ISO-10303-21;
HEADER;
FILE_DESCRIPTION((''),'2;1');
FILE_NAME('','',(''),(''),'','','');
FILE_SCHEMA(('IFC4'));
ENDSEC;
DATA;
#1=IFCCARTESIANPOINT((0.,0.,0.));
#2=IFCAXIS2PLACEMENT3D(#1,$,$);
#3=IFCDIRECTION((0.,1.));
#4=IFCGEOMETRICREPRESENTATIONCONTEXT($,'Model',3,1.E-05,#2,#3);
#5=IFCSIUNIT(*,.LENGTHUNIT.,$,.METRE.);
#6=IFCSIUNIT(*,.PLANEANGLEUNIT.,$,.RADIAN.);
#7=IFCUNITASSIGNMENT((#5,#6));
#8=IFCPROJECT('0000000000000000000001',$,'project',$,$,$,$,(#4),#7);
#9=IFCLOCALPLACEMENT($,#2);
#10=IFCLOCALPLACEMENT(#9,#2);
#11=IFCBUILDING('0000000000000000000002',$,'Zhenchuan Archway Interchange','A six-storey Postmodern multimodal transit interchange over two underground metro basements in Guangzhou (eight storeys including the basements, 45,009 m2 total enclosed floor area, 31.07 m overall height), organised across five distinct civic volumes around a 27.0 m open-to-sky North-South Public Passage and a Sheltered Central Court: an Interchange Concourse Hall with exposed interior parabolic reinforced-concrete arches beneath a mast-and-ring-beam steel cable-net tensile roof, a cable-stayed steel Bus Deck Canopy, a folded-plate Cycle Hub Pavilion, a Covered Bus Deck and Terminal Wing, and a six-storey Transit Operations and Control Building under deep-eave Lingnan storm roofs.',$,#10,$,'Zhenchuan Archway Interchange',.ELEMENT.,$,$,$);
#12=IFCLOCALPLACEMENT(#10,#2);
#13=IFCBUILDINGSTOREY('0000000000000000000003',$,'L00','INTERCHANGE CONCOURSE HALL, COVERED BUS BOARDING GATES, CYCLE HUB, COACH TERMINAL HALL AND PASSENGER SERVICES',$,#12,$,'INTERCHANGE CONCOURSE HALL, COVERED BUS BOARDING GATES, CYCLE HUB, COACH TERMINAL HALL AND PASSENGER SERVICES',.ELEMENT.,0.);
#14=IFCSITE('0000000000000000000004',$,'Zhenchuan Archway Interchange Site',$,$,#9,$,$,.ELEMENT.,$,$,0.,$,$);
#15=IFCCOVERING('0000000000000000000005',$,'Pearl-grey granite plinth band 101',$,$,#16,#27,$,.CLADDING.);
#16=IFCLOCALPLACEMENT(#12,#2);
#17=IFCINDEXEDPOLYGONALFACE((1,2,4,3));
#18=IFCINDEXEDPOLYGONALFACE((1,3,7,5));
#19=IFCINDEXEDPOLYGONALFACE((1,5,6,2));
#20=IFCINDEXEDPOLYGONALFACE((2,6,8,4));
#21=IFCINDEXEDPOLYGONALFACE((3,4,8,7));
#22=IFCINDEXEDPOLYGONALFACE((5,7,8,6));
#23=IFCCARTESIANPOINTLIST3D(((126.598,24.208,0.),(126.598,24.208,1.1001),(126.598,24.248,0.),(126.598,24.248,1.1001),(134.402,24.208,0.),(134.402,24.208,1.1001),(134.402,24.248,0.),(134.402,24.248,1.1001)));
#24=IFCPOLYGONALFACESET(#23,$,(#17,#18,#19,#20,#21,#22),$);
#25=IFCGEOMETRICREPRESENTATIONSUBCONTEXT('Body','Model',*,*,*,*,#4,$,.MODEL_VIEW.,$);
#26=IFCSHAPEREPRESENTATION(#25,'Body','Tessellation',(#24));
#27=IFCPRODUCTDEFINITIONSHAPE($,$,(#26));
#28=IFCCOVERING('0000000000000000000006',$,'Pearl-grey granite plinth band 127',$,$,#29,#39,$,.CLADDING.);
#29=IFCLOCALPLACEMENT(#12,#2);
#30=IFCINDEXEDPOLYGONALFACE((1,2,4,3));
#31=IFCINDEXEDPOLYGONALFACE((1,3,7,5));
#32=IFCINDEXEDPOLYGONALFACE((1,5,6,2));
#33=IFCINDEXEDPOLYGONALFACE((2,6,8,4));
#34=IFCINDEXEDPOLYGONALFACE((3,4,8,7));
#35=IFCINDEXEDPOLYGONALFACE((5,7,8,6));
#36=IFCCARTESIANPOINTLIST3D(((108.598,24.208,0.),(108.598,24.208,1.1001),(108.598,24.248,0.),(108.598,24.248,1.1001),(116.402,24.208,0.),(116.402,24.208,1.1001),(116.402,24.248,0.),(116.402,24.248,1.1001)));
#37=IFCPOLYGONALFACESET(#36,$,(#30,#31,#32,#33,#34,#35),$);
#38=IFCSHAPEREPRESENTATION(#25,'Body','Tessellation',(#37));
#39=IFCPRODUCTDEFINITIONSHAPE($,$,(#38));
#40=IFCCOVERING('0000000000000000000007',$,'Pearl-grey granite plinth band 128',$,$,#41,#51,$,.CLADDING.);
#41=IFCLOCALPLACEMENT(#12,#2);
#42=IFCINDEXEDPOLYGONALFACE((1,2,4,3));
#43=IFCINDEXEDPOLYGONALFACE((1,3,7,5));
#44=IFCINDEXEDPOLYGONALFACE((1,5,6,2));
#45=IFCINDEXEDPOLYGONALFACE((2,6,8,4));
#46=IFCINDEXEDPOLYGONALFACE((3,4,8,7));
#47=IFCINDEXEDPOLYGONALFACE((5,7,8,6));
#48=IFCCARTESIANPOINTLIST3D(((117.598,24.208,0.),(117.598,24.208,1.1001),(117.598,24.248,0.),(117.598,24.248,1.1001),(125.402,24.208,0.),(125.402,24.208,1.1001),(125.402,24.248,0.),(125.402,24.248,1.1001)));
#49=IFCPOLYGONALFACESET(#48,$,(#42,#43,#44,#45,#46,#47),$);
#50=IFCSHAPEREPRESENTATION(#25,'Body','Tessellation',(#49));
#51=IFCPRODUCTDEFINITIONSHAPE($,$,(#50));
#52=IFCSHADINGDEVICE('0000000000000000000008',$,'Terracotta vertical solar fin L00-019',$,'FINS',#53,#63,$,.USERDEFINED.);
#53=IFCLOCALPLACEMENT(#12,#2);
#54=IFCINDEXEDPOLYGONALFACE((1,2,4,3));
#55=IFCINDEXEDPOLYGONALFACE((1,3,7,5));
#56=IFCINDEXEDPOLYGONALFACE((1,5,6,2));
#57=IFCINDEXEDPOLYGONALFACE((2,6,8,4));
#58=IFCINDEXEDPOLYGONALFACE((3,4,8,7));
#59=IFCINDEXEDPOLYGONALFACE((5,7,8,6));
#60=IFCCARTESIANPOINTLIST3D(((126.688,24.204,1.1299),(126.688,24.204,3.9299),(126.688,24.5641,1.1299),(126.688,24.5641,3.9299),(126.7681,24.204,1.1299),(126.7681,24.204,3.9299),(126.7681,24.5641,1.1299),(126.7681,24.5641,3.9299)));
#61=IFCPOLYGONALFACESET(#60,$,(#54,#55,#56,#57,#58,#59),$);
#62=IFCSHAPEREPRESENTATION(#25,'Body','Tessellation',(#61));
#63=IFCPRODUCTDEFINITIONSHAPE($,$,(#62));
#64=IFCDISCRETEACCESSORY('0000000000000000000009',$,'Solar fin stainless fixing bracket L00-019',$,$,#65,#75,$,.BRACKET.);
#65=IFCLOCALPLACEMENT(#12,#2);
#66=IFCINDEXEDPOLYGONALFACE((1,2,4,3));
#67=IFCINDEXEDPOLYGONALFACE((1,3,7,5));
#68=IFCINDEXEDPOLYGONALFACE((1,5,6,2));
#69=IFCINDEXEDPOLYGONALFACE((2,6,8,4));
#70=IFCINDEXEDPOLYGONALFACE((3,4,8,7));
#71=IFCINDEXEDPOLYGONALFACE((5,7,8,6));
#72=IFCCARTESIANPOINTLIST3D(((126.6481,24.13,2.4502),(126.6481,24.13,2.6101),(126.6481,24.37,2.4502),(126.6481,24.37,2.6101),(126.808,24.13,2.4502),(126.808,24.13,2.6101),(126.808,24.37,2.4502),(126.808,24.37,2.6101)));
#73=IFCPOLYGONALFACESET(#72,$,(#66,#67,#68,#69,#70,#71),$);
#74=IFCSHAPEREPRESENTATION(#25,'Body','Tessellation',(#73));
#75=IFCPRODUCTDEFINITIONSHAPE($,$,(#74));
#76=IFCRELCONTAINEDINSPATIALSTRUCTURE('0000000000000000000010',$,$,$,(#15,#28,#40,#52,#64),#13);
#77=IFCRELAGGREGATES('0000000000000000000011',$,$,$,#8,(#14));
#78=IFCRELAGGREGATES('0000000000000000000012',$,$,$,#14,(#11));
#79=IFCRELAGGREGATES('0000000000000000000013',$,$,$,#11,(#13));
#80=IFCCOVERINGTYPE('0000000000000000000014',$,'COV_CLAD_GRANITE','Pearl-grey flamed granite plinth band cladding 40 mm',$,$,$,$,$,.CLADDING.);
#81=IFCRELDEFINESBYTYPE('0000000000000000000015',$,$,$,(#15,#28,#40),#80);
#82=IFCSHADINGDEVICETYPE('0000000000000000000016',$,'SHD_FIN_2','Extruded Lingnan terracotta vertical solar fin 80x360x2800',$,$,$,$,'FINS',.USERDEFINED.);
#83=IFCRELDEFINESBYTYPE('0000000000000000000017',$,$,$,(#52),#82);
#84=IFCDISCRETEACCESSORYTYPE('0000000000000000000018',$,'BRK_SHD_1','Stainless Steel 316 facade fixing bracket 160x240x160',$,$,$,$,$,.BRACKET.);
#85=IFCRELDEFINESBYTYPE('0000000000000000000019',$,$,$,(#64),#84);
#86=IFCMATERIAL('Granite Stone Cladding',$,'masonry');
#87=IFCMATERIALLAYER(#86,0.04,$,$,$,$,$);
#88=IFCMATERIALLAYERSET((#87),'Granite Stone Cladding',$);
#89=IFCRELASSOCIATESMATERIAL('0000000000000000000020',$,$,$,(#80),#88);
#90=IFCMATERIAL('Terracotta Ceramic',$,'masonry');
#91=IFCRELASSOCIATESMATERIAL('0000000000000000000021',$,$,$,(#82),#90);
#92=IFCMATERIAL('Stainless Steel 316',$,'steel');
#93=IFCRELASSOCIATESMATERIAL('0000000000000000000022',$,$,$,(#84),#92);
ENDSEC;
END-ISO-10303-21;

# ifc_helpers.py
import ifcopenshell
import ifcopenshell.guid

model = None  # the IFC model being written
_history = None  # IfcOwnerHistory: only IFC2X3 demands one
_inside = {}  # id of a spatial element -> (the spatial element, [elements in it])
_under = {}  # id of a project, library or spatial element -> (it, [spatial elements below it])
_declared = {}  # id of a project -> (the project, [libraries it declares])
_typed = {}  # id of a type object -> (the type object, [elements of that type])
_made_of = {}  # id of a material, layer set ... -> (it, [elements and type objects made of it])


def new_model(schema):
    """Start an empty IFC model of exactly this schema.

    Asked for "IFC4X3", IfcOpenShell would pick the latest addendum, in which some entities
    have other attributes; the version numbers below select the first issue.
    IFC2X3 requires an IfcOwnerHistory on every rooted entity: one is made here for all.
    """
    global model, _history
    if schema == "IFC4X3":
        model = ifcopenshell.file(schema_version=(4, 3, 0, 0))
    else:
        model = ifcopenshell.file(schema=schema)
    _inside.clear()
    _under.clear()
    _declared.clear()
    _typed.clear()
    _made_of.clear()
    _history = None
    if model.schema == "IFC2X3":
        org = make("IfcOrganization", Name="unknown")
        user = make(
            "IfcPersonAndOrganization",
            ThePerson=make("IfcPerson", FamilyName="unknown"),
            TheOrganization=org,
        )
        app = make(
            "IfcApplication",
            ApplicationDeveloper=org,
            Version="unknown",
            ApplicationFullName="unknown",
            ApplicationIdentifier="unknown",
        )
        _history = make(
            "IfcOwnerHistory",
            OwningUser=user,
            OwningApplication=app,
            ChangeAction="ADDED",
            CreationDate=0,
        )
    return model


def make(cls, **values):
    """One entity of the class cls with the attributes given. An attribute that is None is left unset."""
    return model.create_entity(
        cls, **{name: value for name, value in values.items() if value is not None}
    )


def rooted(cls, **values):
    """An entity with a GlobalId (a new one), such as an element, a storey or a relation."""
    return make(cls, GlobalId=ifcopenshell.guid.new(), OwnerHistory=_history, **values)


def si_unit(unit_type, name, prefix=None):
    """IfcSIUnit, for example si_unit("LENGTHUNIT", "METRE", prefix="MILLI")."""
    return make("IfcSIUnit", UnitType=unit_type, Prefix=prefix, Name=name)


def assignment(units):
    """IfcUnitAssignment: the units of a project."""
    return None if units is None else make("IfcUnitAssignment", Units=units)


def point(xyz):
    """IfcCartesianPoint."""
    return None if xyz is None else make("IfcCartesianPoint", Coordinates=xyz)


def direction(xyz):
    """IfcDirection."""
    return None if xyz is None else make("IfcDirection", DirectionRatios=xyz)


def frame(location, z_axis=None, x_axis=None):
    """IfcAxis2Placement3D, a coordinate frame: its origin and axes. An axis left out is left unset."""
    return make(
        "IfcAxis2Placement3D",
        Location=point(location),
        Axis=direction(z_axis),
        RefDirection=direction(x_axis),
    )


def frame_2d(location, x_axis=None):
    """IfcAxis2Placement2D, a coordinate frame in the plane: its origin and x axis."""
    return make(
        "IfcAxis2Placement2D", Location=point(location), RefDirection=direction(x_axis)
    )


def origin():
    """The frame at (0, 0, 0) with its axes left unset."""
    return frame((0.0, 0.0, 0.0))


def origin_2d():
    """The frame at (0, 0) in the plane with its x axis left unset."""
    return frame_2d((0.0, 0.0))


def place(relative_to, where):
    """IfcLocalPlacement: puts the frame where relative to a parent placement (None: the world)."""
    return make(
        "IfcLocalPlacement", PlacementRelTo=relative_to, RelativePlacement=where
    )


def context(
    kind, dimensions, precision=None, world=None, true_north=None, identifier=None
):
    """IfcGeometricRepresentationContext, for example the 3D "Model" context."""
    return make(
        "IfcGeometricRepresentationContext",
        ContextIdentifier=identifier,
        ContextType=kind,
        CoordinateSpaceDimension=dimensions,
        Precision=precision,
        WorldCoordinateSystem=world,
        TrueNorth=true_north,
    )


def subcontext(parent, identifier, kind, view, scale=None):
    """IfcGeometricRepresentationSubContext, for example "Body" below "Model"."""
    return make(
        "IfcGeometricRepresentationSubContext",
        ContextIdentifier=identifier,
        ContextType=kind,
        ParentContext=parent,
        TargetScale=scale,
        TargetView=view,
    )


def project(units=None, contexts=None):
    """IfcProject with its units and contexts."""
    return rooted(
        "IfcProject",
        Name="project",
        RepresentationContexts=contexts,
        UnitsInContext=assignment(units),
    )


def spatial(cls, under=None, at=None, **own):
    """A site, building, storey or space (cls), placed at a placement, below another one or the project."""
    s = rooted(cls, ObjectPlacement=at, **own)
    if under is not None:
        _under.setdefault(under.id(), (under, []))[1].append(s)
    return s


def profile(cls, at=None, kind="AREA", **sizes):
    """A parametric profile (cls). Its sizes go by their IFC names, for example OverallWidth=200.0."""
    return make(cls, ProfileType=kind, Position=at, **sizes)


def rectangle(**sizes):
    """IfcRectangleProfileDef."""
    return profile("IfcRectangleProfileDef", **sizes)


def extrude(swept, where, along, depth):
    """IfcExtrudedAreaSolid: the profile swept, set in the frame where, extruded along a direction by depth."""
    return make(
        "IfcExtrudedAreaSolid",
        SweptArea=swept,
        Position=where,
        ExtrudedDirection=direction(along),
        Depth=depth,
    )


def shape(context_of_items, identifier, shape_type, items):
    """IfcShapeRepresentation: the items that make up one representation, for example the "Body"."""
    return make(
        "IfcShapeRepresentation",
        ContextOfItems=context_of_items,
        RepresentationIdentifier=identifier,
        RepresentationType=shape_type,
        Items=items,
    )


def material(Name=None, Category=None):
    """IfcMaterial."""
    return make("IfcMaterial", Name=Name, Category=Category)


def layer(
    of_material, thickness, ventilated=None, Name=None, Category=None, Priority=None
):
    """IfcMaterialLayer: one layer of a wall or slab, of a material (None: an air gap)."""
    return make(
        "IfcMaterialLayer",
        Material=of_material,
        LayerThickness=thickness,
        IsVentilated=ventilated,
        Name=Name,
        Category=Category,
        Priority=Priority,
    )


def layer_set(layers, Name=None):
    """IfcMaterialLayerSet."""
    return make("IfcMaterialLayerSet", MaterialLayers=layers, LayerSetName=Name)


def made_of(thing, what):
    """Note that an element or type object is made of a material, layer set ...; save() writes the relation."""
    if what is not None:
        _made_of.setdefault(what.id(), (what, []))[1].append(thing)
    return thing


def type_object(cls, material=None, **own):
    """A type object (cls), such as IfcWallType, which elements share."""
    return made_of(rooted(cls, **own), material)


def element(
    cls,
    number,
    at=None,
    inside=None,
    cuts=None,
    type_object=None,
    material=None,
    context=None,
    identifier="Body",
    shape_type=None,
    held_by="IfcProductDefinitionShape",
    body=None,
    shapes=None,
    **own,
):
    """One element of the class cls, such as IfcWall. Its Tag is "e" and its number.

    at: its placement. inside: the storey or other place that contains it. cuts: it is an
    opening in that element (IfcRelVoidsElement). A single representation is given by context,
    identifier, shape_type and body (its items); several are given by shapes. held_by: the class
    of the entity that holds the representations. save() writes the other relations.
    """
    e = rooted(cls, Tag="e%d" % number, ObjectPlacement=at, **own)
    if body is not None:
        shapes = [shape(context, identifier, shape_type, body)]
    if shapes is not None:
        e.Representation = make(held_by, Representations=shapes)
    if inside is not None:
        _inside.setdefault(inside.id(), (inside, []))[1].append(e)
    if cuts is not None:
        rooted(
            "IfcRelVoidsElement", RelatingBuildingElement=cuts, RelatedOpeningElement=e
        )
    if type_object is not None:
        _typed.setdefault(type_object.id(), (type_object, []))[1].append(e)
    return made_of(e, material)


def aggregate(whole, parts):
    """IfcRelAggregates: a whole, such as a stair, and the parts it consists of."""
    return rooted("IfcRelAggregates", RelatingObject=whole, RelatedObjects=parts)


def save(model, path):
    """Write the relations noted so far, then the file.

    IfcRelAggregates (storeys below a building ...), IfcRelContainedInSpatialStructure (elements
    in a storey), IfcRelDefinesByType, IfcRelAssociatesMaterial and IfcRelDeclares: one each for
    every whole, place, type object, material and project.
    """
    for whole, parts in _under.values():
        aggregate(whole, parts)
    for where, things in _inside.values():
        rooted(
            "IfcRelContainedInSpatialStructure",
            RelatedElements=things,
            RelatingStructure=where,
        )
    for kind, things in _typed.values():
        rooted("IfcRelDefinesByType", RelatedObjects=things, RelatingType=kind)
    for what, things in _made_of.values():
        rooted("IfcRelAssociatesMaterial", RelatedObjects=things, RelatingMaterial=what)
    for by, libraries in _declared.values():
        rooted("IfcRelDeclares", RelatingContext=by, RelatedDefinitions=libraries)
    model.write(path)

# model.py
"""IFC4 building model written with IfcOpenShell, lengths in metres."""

from ifc_helpers import new_model, si_unit, direction, frame, origin, origin_2d, place, context, subcontext, project, spatial, rectangle, extrude, material, layer, layer_set, type_object, element, save


model = new_model("IFC4")

# Units and contexts
model_context = context("Model", 3, precision=1e-05, world=origin(), true_north=direction((0.0, 1.0)))
body_context = subcontext(model_context, "Body", "Model", "MODEL_VIEW")
ifc_project = project(units=[si_unit("LENGTHUNIT", "METRE"), si_unit("PLANEANGLEUNIT", "RADIAN")], contexts=[model_context])

# Site, building, storey
site_placement = place(None, origin())
site = spatial("IfcSite", under=ifc_project, at=site_placement, Name="Zhenchuan Archway Interchange Site", CompositionType="ELEMENT", RefElevation=0.0)
building_placement = place(site_placement, origin())
building = spatial("IfcBuilding", under=site, at=building_placement, Name="Zhenchuan Archway Interchange", Description="A six-storey Postmodern multimodal transit interchange over two underground metro basements in Guangzhou (eight storeys including the basements, 45,009 m2 total enclosed floor area, 31.07 m overall height), organised across five distinct civic volumes around a 27.0 m open-to-sky North-South Public Passage and a Sheltered Central Court: an Interchange Concourse Hall with exposed interior parabolic reinforced-concrete arches beneath a mast-and-ring-beam steel cable-net tensile roof, a cable-stayed steel Bus Deck Canopy, a folded-plate Cycle Hub Pavilion, a Covered Bus Deck and Terminal Wing, and a six-storey Transit Operations and Control Building under deep-eave Lingnan storm roofs.", LongName="Zhenchuan Archway Interchange", CompositionType="ELEMENT")
storey_placement = place(building_placement, origin())
storey = spatial("IfcBuildingStorey", under=building, at=storey_placement, Name="L00", Description="INTERCHANGE CONCOURSE HALL, COVERED BUS BOARDING GATES, CYCLE HUB, COACH TERMINAL HALL AND PASSENGER SERVICES", LongName="INTERCHANGE CONCOURSE HALL, COVERED BUS BOARDING GATES, CYCLE HUB, COACH TERMINAL HALL AND PASSENGER SERVICES", CompositionType="ELEMENT", Elevation=0.0)

# Coverings
ifc_material_1 = material(Name="Granite Stone Cladding", Category="masonry")
ifc_layer_1 = layer(ifc_material_1, 0.04)
ifc_layer_set_1 = layer_set([ifc_layer_1], Name="Granite Stone Cladding")
covering_type = type_object("IfcCoveringType", Name="COV_CLAD_GRANITE", Description="Pearl-grey flamed granite plinth band cladding 40 mm", PredefinedType="CLADDING", material=ifc_layer_set_1)
for number, where, z_axis, x_axis, name in (
    (1, (130.5, 24.228, 0.0), (0.0, 0.0, 1.0), (1.0, 0.0, 0.0), "Pearl-grey granite plinth band 101"),
    (2, (112.5, 24.228, 0.0), (0.0, 0.0, 1.0), (1.0, 0.0, 0.0), "Pearl-grey granite plinth band 127"),
    (3, (121.5, 24.228, 0.0), (0.0, 0.0, 1.0), (1.0, 0.0, 0.0), "Pearl-grey granite plinth band 128"),
):
    element("IfcCovering", number, at=place(storey_placement, frame(where, z_axis=z_axis, x_axis=x_axis)), inside=storey, type_object=covering_type, Name=name, PredefinedType="CLADDING", context=body_context, shape_type="SweptSolid", body=[
        extrude(rectangle(XDim=7.804, YDim=0.04, at=origin_2d()), origin(), (0.0, 0.0, 1.0), 1.1001),
    ])

# Shading device
ifc_material_2 = material(Name="Terracotta Ceramic", Category="masonry")
shading_device_type = type_object("IfcShadingDeviceType", Name="SHD_FIN_2", Description="Extruded Lingnan terracotta vertical solar fin 80x360x2800", ElementType="FINS", PredefinedType="USERDEFINED", material=ifc_material_2)
shading_device_placement = place(storey_placement, frame((126.728, 24.384, 1.1299), z_axis=(0.0, 0.0, 1.0), x_axis=(1.0, 0.0, 0.0)))
element("IfcShadingDevice", 4, at=shading_device_placement, inside=storey, type_object=shading_device_type, Name="Terracotta vertical solar fin L00-019", ObjectType="FINS", PredefinedType="USERDEFINED", context=body_context, shape_type="SweptSolid", body=[
    extrude(rectangle(XDim=0.0801, YDim=0.3601, at=origin_2d()), origin(), (0.0, 0.0, 1.0), 2.8),
])

# Discrete accessory
ifc_material_3 = material(Name="Stainless Steel 316", Category="steel")
discrete_accessory_type = type_object("IfcDiscreteAccessoryType", Name="BRK_SHD_1", Description="Stainless Steel 316 facade fixing bracket 160x240x160", PredefinedType="BRACKET", material=ifc_material_3)
discrete_accessory_placement = place(storey_placement, frame((126.728, 24.25, 2.4502), z_axis=(0.0, 0.0, 1.0), x_axis=(1.0, 0.0, 0.0)))
element("IfcDiscreteAccessory", 5, at=discrete_accessory_placement, inside=storey, type_object=discrete_accessory_type, Name="Solar fin stainless fixing bracket L00-019", PredefinedType="BRACKET", context=body_context, shape_type="SweptSolid", body=[
    extrude(rectangle(XDim=0.1599, YDim=0.24, at=origin_2d()), origin(), (0.0, 0.0, 1.0), 0.1599),
])

save(model, "model.ifc")
